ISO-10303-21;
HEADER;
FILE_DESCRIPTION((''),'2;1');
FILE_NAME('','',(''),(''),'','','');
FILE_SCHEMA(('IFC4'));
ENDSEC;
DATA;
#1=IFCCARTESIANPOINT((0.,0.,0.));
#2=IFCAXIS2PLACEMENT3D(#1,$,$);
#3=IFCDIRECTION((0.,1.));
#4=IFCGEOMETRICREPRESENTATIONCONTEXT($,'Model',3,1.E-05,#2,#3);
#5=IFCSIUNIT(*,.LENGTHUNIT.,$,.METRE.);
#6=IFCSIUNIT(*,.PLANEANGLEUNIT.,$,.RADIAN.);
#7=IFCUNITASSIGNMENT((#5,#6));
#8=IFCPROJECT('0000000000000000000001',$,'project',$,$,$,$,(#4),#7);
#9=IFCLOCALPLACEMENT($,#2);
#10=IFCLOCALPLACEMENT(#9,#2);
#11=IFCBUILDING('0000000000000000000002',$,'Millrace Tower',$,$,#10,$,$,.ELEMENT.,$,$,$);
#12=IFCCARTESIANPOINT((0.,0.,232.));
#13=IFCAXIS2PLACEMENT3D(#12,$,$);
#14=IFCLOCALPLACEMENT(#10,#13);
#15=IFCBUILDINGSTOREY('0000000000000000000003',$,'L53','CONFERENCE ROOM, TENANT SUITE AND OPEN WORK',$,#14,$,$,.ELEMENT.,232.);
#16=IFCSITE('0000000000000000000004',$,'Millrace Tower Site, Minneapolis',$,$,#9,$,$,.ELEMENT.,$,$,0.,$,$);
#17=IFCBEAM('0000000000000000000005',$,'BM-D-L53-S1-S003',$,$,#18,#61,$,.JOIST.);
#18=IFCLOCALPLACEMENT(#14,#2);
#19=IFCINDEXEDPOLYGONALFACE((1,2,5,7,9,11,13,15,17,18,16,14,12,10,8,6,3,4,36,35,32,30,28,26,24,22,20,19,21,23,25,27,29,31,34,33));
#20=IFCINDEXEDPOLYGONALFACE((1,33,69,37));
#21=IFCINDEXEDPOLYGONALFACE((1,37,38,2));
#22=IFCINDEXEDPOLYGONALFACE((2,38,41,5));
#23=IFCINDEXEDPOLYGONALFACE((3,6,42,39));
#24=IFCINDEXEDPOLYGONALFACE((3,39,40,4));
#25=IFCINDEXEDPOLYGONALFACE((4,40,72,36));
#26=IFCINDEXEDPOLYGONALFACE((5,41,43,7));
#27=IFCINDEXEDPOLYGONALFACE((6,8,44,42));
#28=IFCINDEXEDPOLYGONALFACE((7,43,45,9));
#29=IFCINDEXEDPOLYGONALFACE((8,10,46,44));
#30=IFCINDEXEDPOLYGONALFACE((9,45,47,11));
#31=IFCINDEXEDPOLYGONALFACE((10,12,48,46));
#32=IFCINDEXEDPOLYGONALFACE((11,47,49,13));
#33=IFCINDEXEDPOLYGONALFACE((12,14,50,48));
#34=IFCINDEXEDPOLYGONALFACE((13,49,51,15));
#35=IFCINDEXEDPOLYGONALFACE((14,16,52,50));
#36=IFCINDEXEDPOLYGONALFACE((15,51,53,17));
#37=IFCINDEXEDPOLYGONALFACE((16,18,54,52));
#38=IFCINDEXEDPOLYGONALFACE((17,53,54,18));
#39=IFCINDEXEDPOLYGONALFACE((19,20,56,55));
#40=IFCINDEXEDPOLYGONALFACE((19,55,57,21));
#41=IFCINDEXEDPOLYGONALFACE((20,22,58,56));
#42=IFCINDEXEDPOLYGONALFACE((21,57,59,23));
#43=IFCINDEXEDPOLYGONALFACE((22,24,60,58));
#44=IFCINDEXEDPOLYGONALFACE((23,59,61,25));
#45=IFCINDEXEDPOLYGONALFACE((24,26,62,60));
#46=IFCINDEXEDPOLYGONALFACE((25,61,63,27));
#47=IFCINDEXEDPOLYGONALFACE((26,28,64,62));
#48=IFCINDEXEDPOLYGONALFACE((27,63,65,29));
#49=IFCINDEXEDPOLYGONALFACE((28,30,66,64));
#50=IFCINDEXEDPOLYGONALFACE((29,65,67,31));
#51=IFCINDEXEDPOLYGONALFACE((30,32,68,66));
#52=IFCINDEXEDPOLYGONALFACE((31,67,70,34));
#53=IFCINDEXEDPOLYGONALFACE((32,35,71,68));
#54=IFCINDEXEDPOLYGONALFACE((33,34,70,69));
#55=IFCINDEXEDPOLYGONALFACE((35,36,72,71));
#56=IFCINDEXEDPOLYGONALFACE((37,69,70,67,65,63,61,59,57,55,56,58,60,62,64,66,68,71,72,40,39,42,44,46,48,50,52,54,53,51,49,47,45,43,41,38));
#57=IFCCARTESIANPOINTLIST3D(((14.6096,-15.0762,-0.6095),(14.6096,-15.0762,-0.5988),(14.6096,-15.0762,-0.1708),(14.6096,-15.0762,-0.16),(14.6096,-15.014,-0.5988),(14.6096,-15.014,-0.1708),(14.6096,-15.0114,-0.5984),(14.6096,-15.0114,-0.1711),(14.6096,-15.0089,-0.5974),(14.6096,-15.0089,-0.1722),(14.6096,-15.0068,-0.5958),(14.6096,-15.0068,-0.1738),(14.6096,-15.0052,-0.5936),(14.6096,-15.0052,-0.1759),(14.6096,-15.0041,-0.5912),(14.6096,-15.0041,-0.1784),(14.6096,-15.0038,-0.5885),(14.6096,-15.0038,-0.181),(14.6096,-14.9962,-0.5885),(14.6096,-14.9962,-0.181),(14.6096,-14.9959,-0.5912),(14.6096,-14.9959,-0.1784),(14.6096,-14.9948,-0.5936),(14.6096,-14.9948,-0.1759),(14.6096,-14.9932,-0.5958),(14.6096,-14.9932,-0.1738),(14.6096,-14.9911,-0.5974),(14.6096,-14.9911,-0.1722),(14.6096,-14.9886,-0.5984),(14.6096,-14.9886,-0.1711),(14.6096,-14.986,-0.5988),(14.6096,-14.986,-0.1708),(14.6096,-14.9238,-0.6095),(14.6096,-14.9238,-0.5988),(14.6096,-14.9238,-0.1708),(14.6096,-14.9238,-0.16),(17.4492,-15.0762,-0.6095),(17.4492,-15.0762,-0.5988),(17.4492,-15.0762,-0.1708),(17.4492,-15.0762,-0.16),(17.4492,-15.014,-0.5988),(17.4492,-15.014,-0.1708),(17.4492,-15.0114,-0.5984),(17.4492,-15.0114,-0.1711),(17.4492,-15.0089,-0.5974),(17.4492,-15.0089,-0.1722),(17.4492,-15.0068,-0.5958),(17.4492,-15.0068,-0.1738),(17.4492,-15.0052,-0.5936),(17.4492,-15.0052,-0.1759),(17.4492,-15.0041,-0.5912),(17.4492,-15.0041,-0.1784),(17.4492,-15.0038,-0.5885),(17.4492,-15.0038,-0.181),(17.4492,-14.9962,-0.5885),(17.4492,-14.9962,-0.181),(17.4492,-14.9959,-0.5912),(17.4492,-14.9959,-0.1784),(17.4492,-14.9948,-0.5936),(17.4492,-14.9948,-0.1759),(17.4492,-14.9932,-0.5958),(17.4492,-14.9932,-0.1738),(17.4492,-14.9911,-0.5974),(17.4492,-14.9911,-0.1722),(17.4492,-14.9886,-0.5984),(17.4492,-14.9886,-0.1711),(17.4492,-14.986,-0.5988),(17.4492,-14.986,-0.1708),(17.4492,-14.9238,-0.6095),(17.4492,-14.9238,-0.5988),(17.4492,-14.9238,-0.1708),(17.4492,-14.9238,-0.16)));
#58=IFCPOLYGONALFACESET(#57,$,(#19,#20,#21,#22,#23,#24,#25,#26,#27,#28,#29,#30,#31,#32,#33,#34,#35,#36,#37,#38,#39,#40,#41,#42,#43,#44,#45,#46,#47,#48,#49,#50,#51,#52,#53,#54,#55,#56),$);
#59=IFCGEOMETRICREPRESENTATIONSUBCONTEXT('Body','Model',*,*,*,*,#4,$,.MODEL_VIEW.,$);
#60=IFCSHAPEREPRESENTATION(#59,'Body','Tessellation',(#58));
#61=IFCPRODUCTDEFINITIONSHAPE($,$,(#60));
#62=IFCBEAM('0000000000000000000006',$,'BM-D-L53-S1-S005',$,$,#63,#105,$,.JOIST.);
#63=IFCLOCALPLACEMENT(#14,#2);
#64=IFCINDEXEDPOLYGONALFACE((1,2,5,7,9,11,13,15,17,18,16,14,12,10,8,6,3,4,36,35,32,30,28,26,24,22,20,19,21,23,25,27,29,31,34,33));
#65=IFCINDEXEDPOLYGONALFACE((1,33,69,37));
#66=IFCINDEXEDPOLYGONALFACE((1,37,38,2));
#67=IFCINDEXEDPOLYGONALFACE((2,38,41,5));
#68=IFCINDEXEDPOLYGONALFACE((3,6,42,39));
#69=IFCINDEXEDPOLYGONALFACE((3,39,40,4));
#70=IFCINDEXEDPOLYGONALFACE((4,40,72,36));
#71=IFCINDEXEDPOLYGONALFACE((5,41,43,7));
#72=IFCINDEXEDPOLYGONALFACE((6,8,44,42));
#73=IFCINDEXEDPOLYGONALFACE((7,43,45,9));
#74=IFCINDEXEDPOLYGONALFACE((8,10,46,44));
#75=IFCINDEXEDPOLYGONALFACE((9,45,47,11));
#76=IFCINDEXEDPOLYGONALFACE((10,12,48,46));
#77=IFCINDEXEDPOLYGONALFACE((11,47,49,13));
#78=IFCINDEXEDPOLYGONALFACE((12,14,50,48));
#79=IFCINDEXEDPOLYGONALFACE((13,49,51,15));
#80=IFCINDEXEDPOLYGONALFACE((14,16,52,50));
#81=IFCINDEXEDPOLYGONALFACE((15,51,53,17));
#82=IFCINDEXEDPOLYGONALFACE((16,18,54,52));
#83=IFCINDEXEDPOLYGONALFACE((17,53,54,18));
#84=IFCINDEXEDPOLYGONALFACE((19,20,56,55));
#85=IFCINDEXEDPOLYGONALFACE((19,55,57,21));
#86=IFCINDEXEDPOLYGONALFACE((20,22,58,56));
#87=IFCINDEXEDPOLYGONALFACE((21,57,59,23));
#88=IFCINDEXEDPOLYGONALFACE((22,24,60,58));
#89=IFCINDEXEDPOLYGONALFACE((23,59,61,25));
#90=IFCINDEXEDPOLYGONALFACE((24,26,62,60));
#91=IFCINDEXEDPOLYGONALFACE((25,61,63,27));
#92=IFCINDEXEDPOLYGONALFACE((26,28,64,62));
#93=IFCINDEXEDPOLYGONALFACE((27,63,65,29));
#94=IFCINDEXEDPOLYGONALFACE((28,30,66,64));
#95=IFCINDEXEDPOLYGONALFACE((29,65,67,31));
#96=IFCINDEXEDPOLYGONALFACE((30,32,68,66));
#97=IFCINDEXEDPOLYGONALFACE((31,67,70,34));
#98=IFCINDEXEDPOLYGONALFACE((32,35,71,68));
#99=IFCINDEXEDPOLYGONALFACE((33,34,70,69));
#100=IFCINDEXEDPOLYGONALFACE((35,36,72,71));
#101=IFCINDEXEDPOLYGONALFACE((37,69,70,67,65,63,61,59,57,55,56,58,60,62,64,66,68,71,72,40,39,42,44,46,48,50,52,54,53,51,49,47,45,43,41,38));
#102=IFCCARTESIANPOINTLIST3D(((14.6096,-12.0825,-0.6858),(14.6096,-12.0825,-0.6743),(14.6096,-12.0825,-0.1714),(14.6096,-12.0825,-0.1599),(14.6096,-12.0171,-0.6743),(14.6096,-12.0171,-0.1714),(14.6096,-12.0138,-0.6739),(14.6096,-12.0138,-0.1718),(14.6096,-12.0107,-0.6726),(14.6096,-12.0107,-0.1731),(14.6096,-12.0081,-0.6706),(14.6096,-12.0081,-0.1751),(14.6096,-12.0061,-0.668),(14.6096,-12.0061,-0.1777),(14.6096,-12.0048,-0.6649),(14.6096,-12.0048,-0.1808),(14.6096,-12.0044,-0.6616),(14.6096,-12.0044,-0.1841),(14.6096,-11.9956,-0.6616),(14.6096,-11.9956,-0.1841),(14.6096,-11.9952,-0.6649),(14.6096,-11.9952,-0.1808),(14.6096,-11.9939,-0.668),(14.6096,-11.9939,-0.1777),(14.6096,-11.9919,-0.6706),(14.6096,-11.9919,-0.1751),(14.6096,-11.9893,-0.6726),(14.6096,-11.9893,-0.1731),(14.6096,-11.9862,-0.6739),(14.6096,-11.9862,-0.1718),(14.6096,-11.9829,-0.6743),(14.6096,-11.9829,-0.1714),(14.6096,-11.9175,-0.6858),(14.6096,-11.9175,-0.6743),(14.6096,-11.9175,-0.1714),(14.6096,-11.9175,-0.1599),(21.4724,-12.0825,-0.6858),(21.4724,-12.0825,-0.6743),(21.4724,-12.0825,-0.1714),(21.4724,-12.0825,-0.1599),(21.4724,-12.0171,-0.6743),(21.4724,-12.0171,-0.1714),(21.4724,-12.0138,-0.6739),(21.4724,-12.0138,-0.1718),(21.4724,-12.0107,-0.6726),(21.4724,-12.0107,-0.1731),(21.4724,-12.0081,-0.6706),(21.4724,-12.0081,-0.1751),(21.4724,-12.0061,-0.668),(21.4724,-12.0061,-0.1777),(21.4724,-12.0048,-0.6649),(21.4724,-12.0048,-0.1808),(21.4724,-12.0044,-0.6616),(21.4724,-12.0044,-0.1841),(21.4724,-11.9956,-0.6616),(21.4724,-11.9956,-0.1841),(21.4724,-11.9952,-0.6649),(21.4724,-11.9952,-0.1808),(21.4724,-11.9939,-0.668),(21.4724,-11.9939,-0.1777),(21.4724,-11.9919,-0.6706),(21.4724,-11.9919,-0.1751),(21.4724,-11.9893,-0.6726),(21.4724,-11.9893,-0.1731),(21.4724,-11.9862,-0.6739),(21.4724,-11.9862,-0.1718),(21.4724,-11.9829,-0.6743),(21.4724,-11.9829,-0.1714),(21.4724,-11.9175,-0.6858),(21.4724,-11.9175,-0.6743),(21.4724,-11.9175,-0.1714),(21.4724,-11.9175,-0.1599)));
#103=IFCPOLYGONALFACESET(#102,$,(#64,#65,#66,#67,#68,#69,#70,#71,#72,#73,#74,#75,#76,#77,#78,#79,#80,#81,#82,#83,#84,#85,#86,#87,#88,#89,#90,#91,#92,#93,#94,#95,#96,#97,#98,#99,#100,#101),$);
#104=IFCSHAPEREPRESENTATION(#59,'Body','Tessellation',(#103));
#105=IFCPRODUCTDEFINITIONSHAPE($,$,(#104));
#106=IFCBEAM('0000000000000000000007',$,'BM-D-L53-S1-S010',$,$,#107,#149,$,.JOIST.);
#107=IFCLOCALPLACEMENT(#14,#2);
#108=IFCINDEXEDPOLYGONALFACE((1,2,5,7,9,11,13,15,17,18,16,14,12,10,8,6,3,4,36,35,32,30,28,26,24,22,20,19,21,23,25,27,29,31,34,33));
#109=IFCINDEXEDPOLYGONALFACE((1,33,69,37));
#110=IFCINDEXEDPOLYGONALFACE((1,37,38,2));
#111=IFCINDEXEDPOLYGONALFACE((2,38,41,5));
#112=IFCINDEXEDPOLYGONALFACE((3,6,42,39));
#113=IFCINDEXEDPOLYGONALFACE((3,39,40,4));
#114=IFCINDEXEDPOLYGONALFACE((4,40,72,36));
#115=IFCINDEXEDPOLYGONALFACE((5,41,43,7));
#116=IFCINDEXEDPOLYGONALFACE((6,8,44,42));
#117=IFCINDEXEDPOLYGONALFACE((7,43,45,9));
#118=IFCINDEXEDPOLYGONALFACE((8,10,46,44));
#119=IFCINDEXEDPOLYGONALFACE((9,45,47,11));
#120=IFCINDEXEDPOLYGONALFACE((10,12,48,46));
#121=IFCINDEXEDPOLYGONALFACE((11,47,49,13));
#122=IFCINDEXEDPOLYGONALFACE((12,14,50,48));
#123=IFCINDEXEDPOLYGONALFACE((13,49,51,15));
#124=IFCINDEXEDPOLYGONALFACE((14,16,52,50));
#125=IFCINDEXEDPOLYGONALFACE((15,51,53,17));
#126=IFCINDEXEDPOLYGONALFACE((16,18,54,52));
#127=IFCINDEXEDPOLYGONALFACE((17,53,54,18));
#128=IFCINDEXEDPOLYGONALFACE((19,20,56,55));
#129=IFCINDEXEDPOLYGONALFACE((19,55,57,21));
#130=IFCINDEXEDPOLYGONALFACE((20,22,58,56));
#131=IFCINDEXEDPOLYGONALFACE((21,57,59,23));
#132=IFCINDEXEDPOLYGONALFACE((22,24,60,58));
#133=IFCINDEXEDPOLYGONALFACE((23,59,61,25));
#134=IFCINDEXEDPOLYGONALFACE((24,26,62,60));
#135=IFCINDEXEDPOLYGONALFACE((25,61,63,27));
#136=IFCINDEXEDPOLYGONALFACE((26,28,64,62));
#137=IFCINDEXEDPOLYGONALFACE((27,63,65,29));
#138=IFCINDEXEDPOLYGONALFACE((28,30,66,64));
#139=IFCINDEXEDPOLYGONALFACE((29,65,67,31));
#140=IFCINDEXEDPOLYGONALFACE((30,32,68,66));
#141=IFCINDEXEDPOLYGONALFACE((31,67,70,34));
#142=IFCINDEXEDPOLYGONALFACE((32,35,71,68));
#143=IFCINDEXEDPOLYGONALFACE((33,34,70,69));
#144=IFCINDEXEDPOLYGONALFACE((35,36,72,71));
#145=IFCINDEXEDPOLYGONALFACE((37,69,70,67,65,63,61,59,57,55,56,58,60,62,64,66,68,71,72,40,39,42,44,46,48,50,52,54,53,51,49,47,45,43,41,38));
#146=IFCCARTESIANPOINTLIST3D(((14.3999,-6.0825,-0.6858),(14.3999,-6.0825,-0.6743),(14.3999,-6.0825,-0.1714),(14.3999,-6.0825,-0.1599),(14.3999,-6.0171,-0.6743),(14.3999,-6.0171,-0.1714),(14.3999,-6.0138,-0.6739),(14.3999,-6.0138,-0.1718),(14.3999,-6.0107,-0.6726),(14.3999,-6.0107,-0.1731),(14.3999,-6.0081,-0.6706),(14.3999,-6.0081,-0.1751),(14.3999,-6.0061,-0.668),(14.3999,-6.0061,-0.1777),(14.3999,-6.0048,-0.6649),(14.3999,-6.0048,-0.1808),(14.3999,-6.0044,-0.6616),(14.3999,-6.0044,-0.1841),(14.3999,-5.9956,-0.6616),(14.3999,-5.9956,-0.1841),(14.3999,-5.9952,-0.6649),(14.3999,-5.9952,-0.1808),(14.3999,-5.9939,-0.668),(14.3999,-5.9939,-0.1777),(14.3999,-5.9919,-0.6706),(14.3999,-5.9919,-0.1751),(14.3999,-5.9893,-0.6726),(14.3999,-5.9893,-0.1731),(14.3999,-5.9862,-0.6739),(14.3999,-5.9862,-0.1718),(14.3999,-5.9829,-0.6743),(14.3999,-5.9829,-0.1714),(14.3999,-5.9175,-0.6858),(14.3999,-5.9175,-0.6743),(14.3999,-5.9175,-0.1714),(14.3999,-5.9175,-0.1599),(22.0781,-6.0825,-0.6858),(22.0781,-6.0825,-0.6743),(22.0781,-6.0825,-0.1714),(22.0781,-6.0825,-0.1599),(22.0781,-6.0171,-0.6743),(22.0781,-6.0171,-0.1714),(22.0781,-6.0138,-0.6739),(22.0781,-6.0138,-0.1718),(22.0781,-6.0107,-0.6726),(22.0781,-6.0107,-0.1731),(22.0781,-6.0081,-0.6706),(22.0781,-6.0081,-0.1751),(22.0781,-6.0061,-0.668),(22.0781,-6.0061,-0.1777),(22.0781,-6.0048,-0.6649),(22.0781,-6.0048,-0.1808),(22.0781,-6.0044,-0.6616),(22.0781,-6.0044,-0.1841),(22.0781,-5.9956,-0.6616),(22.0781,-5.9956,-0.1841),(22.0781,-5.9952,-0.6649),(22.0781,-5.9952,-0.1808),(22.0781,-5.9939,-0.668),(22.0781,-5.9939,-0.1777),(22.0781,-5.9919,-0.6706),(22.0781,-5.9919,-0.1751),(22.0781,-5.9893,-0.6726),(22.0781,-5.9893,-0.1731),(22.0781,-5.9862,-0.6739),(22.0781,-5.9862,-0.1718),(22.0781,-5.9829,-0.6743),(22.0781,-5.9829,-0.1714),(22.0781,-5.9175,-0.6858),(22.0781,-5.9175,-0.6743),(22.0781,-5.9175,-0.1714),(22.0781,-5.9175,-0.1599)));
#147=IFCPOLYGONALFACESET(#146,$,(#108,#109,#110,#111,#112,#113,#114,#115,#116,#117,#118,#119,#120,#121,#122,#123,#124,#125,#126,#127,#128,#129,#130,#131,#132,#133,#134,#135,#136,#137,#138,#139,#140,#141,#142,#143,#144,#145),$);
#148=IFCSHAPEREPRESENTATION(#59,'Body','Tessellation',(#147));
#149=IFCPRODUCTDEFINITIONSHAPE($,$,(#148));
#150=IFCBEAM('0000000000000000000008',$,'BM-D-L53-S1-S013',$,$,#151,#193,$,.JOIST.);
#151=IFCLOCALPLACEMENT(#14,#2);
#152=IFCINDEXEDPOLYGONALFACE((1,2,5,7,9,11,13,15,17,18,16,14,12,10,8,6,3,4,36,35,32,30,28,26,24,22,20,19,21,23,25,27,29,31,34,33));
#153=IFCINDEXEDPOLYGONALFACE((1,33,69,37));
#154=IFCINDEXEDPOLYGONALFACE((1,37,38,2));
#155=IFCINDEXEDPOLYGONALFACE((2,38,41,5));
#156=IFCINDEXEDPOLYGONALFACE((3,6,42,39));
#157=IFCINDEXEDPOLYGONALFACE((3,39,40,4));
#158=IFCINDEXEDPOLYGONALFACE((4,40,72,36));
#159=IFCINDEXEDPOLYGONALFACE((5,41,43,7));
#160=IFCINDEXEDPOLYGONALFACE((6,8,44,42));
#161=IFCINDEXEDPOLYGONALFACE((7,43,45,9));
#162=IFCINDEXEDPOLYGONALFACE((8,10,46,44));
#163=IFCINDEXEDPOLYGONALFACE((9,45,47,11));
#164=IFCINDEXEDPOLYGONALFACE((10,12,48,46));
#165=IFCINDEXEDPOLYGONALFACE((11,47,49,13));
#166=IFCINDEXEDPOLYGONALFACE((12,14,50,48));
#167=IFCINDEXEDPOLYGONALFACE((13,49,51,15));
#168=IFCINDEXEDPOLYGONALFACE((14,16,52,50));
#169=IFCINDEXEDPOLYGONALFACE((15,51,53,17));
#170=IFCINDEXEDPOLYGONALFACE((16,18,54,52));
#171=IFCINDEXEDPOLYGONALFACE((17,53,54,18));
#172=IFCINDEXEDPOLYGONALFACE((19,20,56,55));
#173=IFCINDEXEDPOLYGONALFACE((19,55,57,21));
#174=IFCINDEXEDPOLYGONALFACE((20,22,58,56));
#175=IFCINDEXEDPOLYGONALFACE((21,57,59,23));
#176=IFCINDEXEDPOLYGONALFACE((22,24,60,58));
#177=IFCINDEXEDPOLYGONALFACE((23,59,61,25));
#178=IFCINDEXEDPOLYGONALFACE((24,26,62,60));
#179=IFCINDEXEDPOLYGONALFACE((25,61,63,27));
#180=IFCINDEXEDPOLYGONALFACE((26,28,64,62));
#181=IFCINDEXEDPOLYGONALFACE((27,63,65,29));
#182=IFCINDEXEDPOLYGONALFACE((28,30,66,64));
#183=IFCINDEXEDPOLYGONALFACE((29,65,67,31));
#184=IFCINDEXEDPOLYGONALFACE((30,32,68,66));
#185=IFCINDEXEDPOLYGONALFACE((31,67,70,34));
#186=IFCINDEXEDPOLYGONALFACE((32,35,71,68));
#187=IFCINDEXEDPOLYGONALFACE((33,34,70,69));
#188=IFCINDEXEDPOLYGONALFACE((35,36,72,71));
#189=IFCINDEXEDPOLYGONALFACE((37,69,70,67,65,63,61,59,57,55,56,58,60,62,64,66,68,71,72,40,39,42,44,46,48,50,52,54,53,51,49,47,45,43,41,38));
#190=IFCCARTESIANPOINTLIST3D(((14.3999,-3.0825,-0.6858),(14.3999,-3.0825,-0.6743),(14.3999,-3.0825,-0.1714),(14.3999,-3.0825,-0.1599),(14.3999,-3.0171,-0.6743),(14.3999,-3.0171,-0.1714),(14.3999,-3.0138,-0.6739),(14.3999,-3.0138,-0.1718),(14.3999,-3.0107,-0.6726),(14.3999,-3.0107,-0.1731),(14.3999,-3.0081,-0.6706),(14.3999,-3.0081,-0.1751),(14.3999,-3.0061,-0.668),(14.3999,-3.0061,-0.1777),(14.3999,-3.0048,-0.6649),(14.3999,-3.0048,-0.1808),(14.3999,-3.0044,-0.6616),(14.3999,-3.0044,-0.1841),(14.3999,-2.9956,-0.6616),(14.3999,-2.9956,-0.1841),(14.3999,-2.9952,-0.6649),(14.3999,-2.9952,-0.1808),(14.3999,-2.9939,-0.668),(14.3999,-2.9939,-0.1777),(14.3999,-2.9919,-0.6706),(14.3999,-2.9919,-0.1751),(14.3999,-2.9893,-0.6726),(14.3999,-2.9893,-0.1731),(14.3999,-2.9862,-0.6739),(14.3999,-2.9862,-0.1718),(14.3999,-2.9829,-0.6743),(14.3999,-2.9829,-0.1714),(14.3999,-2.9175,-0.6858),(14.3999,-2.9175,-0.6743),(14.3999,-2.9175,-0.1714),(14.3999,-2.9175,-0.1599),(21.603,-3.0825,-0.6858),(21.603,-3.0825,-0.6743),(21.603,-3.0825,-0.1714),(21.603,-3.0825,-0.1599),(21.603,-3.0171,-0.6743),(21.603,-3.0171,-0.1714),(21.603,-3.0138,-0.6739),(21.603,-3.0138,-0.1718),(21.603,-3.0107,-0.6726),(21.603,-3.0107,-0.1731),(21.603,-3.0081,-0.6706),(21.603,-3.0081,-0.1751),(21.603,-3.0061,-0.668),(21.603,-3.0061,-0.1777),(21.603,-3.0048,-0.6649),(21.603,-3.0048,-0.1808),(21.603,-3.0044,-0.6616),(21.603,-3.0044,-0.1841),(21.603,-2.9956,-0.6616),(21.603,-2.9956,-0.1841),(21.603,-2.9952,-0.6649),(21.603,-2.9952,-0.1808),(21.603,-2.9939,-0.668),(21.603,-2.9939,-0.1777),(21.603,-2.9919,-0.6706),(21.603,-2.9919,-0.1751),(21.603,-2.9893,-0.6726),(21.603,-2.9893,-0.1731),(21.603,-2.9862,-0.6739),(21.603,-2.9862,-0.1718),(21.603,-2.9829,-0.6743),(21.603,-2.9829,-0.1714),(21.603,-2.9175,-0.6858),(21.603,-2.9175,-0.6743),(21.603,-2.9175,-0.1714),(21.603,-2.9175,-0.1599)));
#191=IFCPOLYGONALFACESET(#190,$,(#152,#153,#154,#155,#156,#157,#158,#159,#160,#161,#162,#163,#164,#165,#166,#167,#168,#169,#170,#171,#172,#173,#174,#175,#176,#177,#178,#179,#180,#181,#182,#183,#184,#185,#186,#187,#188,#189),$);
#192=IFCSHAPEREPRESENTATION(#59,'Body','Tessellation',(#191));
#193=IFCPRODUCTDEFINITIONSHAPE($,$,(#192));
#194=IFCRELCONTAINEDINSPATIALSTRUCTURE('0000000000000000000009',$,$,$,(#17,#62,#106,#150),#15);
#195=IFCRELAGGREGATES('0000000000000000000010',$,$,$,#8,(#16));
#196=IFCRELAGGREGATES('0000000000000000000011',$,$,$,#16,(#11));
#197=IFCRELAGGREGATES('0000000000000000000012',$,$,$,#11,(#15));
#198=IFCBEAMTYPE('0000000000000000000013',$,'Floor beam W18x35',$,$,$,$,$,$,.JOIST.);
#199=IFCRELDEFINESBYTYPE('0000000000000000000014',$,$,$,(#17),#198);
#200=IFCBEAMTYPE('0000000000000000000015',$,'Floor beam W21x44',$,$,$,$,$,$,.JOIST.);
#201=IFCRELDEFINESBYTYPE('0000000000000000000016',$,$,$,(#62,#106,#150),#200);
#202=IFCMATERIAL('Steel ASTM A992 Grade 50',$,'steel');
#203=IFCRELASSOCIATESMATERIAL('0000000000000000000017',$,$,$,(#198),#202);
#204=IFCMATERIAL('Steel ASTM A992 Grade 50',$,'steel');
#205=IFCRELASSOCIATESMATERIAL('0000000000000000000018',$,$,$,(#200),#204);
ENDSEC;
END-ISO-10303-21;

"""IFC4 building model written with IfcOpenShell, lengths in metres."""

from ifc_helpers import new_model, si_unit, direction, frame, origin, origin_2d, place, context, subcontext, project, spatial, i_section, extrude, material, material_profile, profile_set, type_object, element, save


model = new_model("IFC4")

# Units and contexts
model_context = context("Model", 3, precision=1e-05, world=origin(), true_north=direction((0.0, 1.0)))
body_context = subcontext(model_context, "Body", "Model", "MODEL_VIEW")
ifc_project = project(units=[si_unit("LENGTHUNIT", "METRE"), si_unit("PLANEANGLEUNIT", "RADIAN")], contexts=[model_context])

# Site, building, storey
site_placement = place(None, origin())
site = spatial("IfcSite", under=ifc_project, at=site_placement, Name="Millrace Tower Site, Minneapolis", CompositionType="ELEMENT", RefElevation=0.0)
building_placement = place(site_placement, origin())
building = spatial("IfcBuilding", under=site, at=building_placement, Name="Millrace Tower", CompositionType="ELEMENT")
storey_placement = place(building_placement, frame((0.0, 0.0, 232.0)))
storey = spatial("IfcBuildingStorey", under=building, at=storey_placement, Name="L53", Description="CONFERENCE ROOM, TENANT SUITE AND OPEN WORK", CompositionType="ELEMENT", Elevation=232.0)

# Beams
ifc_material_1 = material(Name="Steel ASTM A992 Grade 50", Category="steel")
ifc_material_profile_1 = material_profile(ifc_material_1, i_section(OverallWidth=0.1523, OverallDepth=0.4495, WebThickness=0.0076, FlangeThickness=0.0107, FilletRadius=0.0103, at=origin_2d()))
ifc_profile_set_1 = profile_set([ifc_material_profile_1], Name="Steel ASTM A992 Grade 50")
beam_type_1 = type_object("IfcBeamType", Name="Floor beam W18x35", PredefinedType="JOIST", material=ifc_profile_set_1)
beam_1_placement = place(storey_placement, frame((14.6096, -15.0, -0.3848), z_axis=(1.0, 0.0, 0.0), x_axis=(0.0, 1.0, 0.0)))
element("IfcBeam", 1, at=beam_1_placement, inside=storey, type_object=beam_type_1, Name="BM-D-L53-S1-S003", PredefinedType="JOIST", context=body_context, shape_type="SweptSolid", body=[
    extrude(i_section(OverallWidth=0.1523, OverallDepth=0.4495, WebThickness=0.0076, FlangeThickness=0.0107, FilletRadius=0.0103, at=origin_2d()), origin(), (0.0, 0.0, 1.0), 2.8396),
])
ifc_material_2 = material(Name="Steel ASTM A992 Grade 50", Category="steel")
ifc_material_profile_2 = material_profile(ifc_material_2, i_section(OverallWidth=0.165, OverallDepth=0.5259, WebThickness=0.0088, FlangeThickness=0.0115, FilletRadius=0.0127, at=origin_2d()))
ifc_profile_set_2 = profile_set([ifc_material_profile_2], Name="Steel ASTM A992 Grade 50")
beam_type_2 = type_object("IfcBeamType", Name="Floor beam W21x44", PredefinedType="JOIST", material=ifc_profile_set_2)
beam_2_placement = place(storey_placement, frame((14.6096, -12.0, -0.4229), z_axis=(1.0, 0.0, 0.0), x_axis=(0.0, 1.0, 0.0)))
element("IfcBeam", 2, at=beam_2_placement, inside=storey, type_object=beam_type_2, Name="BM-D-L53-S1-S005", PredefinedType="JOIST", context=body_context, shape_type="SweptSolid", body=[
    extrude(i_section(OverallWidth=0.165, OverallDepth=0.5259, WebThickness=0.0088, FlangeThickness=0.0115, FilletRadius=0.0127, at=origin_2d()), origin(), (0.0, 0.0, 1.0), 6.8628),
])
beam_3_placement = place(storey_placement, frame((14.3999, -6.0, -0.4229), z_axis=(1.0, 0.0, 0.0), x_axis=(0.0, 1.0, 0.0)))
element("IfcBeam", 3, at=beam_3_placement, inside=storey, type_object=beam_type_2, Name="BM-D-L53-S1-S010", PredefinedType="JOIST", context=body_context, shape_type="SweptSolid", body=[
    extrude(i_section(OverallWidth=0.165, OverallDepth=0.5259, WebThickness=0.0088, FlangeThickness=0.0115, FilletRadius=0.0127, at=origin_2d()), origin(), (0.0, 0.0, 1.0), 7.6782),
])
beam_4_placement = place(storey_placement, frame((14.3999, -3.0, -0.4229), z_axis=(1.0, 0.0, 0.0), x_axis=(0.0, 1.0, 0.0)))
element("IfcBeam", 4, at=beam_4_placement, inside=storey, type_object=beam_type_2, Name="BM-D-L53-S1-S013", PredefinedType="JOIST", context=body_context, shape_type="SweptSolid", body=[
    extrude(i_section(OverallWidth=0.165, OverallDepth=0.5259, WebThickness=0.0088, FlangeThickness=0.0115, FilletRadius=0.0127, at=origin_2d()), origin(), (0.0, 0.0, 1.0), 7.2031),
])

save(model, "model.ifc")
